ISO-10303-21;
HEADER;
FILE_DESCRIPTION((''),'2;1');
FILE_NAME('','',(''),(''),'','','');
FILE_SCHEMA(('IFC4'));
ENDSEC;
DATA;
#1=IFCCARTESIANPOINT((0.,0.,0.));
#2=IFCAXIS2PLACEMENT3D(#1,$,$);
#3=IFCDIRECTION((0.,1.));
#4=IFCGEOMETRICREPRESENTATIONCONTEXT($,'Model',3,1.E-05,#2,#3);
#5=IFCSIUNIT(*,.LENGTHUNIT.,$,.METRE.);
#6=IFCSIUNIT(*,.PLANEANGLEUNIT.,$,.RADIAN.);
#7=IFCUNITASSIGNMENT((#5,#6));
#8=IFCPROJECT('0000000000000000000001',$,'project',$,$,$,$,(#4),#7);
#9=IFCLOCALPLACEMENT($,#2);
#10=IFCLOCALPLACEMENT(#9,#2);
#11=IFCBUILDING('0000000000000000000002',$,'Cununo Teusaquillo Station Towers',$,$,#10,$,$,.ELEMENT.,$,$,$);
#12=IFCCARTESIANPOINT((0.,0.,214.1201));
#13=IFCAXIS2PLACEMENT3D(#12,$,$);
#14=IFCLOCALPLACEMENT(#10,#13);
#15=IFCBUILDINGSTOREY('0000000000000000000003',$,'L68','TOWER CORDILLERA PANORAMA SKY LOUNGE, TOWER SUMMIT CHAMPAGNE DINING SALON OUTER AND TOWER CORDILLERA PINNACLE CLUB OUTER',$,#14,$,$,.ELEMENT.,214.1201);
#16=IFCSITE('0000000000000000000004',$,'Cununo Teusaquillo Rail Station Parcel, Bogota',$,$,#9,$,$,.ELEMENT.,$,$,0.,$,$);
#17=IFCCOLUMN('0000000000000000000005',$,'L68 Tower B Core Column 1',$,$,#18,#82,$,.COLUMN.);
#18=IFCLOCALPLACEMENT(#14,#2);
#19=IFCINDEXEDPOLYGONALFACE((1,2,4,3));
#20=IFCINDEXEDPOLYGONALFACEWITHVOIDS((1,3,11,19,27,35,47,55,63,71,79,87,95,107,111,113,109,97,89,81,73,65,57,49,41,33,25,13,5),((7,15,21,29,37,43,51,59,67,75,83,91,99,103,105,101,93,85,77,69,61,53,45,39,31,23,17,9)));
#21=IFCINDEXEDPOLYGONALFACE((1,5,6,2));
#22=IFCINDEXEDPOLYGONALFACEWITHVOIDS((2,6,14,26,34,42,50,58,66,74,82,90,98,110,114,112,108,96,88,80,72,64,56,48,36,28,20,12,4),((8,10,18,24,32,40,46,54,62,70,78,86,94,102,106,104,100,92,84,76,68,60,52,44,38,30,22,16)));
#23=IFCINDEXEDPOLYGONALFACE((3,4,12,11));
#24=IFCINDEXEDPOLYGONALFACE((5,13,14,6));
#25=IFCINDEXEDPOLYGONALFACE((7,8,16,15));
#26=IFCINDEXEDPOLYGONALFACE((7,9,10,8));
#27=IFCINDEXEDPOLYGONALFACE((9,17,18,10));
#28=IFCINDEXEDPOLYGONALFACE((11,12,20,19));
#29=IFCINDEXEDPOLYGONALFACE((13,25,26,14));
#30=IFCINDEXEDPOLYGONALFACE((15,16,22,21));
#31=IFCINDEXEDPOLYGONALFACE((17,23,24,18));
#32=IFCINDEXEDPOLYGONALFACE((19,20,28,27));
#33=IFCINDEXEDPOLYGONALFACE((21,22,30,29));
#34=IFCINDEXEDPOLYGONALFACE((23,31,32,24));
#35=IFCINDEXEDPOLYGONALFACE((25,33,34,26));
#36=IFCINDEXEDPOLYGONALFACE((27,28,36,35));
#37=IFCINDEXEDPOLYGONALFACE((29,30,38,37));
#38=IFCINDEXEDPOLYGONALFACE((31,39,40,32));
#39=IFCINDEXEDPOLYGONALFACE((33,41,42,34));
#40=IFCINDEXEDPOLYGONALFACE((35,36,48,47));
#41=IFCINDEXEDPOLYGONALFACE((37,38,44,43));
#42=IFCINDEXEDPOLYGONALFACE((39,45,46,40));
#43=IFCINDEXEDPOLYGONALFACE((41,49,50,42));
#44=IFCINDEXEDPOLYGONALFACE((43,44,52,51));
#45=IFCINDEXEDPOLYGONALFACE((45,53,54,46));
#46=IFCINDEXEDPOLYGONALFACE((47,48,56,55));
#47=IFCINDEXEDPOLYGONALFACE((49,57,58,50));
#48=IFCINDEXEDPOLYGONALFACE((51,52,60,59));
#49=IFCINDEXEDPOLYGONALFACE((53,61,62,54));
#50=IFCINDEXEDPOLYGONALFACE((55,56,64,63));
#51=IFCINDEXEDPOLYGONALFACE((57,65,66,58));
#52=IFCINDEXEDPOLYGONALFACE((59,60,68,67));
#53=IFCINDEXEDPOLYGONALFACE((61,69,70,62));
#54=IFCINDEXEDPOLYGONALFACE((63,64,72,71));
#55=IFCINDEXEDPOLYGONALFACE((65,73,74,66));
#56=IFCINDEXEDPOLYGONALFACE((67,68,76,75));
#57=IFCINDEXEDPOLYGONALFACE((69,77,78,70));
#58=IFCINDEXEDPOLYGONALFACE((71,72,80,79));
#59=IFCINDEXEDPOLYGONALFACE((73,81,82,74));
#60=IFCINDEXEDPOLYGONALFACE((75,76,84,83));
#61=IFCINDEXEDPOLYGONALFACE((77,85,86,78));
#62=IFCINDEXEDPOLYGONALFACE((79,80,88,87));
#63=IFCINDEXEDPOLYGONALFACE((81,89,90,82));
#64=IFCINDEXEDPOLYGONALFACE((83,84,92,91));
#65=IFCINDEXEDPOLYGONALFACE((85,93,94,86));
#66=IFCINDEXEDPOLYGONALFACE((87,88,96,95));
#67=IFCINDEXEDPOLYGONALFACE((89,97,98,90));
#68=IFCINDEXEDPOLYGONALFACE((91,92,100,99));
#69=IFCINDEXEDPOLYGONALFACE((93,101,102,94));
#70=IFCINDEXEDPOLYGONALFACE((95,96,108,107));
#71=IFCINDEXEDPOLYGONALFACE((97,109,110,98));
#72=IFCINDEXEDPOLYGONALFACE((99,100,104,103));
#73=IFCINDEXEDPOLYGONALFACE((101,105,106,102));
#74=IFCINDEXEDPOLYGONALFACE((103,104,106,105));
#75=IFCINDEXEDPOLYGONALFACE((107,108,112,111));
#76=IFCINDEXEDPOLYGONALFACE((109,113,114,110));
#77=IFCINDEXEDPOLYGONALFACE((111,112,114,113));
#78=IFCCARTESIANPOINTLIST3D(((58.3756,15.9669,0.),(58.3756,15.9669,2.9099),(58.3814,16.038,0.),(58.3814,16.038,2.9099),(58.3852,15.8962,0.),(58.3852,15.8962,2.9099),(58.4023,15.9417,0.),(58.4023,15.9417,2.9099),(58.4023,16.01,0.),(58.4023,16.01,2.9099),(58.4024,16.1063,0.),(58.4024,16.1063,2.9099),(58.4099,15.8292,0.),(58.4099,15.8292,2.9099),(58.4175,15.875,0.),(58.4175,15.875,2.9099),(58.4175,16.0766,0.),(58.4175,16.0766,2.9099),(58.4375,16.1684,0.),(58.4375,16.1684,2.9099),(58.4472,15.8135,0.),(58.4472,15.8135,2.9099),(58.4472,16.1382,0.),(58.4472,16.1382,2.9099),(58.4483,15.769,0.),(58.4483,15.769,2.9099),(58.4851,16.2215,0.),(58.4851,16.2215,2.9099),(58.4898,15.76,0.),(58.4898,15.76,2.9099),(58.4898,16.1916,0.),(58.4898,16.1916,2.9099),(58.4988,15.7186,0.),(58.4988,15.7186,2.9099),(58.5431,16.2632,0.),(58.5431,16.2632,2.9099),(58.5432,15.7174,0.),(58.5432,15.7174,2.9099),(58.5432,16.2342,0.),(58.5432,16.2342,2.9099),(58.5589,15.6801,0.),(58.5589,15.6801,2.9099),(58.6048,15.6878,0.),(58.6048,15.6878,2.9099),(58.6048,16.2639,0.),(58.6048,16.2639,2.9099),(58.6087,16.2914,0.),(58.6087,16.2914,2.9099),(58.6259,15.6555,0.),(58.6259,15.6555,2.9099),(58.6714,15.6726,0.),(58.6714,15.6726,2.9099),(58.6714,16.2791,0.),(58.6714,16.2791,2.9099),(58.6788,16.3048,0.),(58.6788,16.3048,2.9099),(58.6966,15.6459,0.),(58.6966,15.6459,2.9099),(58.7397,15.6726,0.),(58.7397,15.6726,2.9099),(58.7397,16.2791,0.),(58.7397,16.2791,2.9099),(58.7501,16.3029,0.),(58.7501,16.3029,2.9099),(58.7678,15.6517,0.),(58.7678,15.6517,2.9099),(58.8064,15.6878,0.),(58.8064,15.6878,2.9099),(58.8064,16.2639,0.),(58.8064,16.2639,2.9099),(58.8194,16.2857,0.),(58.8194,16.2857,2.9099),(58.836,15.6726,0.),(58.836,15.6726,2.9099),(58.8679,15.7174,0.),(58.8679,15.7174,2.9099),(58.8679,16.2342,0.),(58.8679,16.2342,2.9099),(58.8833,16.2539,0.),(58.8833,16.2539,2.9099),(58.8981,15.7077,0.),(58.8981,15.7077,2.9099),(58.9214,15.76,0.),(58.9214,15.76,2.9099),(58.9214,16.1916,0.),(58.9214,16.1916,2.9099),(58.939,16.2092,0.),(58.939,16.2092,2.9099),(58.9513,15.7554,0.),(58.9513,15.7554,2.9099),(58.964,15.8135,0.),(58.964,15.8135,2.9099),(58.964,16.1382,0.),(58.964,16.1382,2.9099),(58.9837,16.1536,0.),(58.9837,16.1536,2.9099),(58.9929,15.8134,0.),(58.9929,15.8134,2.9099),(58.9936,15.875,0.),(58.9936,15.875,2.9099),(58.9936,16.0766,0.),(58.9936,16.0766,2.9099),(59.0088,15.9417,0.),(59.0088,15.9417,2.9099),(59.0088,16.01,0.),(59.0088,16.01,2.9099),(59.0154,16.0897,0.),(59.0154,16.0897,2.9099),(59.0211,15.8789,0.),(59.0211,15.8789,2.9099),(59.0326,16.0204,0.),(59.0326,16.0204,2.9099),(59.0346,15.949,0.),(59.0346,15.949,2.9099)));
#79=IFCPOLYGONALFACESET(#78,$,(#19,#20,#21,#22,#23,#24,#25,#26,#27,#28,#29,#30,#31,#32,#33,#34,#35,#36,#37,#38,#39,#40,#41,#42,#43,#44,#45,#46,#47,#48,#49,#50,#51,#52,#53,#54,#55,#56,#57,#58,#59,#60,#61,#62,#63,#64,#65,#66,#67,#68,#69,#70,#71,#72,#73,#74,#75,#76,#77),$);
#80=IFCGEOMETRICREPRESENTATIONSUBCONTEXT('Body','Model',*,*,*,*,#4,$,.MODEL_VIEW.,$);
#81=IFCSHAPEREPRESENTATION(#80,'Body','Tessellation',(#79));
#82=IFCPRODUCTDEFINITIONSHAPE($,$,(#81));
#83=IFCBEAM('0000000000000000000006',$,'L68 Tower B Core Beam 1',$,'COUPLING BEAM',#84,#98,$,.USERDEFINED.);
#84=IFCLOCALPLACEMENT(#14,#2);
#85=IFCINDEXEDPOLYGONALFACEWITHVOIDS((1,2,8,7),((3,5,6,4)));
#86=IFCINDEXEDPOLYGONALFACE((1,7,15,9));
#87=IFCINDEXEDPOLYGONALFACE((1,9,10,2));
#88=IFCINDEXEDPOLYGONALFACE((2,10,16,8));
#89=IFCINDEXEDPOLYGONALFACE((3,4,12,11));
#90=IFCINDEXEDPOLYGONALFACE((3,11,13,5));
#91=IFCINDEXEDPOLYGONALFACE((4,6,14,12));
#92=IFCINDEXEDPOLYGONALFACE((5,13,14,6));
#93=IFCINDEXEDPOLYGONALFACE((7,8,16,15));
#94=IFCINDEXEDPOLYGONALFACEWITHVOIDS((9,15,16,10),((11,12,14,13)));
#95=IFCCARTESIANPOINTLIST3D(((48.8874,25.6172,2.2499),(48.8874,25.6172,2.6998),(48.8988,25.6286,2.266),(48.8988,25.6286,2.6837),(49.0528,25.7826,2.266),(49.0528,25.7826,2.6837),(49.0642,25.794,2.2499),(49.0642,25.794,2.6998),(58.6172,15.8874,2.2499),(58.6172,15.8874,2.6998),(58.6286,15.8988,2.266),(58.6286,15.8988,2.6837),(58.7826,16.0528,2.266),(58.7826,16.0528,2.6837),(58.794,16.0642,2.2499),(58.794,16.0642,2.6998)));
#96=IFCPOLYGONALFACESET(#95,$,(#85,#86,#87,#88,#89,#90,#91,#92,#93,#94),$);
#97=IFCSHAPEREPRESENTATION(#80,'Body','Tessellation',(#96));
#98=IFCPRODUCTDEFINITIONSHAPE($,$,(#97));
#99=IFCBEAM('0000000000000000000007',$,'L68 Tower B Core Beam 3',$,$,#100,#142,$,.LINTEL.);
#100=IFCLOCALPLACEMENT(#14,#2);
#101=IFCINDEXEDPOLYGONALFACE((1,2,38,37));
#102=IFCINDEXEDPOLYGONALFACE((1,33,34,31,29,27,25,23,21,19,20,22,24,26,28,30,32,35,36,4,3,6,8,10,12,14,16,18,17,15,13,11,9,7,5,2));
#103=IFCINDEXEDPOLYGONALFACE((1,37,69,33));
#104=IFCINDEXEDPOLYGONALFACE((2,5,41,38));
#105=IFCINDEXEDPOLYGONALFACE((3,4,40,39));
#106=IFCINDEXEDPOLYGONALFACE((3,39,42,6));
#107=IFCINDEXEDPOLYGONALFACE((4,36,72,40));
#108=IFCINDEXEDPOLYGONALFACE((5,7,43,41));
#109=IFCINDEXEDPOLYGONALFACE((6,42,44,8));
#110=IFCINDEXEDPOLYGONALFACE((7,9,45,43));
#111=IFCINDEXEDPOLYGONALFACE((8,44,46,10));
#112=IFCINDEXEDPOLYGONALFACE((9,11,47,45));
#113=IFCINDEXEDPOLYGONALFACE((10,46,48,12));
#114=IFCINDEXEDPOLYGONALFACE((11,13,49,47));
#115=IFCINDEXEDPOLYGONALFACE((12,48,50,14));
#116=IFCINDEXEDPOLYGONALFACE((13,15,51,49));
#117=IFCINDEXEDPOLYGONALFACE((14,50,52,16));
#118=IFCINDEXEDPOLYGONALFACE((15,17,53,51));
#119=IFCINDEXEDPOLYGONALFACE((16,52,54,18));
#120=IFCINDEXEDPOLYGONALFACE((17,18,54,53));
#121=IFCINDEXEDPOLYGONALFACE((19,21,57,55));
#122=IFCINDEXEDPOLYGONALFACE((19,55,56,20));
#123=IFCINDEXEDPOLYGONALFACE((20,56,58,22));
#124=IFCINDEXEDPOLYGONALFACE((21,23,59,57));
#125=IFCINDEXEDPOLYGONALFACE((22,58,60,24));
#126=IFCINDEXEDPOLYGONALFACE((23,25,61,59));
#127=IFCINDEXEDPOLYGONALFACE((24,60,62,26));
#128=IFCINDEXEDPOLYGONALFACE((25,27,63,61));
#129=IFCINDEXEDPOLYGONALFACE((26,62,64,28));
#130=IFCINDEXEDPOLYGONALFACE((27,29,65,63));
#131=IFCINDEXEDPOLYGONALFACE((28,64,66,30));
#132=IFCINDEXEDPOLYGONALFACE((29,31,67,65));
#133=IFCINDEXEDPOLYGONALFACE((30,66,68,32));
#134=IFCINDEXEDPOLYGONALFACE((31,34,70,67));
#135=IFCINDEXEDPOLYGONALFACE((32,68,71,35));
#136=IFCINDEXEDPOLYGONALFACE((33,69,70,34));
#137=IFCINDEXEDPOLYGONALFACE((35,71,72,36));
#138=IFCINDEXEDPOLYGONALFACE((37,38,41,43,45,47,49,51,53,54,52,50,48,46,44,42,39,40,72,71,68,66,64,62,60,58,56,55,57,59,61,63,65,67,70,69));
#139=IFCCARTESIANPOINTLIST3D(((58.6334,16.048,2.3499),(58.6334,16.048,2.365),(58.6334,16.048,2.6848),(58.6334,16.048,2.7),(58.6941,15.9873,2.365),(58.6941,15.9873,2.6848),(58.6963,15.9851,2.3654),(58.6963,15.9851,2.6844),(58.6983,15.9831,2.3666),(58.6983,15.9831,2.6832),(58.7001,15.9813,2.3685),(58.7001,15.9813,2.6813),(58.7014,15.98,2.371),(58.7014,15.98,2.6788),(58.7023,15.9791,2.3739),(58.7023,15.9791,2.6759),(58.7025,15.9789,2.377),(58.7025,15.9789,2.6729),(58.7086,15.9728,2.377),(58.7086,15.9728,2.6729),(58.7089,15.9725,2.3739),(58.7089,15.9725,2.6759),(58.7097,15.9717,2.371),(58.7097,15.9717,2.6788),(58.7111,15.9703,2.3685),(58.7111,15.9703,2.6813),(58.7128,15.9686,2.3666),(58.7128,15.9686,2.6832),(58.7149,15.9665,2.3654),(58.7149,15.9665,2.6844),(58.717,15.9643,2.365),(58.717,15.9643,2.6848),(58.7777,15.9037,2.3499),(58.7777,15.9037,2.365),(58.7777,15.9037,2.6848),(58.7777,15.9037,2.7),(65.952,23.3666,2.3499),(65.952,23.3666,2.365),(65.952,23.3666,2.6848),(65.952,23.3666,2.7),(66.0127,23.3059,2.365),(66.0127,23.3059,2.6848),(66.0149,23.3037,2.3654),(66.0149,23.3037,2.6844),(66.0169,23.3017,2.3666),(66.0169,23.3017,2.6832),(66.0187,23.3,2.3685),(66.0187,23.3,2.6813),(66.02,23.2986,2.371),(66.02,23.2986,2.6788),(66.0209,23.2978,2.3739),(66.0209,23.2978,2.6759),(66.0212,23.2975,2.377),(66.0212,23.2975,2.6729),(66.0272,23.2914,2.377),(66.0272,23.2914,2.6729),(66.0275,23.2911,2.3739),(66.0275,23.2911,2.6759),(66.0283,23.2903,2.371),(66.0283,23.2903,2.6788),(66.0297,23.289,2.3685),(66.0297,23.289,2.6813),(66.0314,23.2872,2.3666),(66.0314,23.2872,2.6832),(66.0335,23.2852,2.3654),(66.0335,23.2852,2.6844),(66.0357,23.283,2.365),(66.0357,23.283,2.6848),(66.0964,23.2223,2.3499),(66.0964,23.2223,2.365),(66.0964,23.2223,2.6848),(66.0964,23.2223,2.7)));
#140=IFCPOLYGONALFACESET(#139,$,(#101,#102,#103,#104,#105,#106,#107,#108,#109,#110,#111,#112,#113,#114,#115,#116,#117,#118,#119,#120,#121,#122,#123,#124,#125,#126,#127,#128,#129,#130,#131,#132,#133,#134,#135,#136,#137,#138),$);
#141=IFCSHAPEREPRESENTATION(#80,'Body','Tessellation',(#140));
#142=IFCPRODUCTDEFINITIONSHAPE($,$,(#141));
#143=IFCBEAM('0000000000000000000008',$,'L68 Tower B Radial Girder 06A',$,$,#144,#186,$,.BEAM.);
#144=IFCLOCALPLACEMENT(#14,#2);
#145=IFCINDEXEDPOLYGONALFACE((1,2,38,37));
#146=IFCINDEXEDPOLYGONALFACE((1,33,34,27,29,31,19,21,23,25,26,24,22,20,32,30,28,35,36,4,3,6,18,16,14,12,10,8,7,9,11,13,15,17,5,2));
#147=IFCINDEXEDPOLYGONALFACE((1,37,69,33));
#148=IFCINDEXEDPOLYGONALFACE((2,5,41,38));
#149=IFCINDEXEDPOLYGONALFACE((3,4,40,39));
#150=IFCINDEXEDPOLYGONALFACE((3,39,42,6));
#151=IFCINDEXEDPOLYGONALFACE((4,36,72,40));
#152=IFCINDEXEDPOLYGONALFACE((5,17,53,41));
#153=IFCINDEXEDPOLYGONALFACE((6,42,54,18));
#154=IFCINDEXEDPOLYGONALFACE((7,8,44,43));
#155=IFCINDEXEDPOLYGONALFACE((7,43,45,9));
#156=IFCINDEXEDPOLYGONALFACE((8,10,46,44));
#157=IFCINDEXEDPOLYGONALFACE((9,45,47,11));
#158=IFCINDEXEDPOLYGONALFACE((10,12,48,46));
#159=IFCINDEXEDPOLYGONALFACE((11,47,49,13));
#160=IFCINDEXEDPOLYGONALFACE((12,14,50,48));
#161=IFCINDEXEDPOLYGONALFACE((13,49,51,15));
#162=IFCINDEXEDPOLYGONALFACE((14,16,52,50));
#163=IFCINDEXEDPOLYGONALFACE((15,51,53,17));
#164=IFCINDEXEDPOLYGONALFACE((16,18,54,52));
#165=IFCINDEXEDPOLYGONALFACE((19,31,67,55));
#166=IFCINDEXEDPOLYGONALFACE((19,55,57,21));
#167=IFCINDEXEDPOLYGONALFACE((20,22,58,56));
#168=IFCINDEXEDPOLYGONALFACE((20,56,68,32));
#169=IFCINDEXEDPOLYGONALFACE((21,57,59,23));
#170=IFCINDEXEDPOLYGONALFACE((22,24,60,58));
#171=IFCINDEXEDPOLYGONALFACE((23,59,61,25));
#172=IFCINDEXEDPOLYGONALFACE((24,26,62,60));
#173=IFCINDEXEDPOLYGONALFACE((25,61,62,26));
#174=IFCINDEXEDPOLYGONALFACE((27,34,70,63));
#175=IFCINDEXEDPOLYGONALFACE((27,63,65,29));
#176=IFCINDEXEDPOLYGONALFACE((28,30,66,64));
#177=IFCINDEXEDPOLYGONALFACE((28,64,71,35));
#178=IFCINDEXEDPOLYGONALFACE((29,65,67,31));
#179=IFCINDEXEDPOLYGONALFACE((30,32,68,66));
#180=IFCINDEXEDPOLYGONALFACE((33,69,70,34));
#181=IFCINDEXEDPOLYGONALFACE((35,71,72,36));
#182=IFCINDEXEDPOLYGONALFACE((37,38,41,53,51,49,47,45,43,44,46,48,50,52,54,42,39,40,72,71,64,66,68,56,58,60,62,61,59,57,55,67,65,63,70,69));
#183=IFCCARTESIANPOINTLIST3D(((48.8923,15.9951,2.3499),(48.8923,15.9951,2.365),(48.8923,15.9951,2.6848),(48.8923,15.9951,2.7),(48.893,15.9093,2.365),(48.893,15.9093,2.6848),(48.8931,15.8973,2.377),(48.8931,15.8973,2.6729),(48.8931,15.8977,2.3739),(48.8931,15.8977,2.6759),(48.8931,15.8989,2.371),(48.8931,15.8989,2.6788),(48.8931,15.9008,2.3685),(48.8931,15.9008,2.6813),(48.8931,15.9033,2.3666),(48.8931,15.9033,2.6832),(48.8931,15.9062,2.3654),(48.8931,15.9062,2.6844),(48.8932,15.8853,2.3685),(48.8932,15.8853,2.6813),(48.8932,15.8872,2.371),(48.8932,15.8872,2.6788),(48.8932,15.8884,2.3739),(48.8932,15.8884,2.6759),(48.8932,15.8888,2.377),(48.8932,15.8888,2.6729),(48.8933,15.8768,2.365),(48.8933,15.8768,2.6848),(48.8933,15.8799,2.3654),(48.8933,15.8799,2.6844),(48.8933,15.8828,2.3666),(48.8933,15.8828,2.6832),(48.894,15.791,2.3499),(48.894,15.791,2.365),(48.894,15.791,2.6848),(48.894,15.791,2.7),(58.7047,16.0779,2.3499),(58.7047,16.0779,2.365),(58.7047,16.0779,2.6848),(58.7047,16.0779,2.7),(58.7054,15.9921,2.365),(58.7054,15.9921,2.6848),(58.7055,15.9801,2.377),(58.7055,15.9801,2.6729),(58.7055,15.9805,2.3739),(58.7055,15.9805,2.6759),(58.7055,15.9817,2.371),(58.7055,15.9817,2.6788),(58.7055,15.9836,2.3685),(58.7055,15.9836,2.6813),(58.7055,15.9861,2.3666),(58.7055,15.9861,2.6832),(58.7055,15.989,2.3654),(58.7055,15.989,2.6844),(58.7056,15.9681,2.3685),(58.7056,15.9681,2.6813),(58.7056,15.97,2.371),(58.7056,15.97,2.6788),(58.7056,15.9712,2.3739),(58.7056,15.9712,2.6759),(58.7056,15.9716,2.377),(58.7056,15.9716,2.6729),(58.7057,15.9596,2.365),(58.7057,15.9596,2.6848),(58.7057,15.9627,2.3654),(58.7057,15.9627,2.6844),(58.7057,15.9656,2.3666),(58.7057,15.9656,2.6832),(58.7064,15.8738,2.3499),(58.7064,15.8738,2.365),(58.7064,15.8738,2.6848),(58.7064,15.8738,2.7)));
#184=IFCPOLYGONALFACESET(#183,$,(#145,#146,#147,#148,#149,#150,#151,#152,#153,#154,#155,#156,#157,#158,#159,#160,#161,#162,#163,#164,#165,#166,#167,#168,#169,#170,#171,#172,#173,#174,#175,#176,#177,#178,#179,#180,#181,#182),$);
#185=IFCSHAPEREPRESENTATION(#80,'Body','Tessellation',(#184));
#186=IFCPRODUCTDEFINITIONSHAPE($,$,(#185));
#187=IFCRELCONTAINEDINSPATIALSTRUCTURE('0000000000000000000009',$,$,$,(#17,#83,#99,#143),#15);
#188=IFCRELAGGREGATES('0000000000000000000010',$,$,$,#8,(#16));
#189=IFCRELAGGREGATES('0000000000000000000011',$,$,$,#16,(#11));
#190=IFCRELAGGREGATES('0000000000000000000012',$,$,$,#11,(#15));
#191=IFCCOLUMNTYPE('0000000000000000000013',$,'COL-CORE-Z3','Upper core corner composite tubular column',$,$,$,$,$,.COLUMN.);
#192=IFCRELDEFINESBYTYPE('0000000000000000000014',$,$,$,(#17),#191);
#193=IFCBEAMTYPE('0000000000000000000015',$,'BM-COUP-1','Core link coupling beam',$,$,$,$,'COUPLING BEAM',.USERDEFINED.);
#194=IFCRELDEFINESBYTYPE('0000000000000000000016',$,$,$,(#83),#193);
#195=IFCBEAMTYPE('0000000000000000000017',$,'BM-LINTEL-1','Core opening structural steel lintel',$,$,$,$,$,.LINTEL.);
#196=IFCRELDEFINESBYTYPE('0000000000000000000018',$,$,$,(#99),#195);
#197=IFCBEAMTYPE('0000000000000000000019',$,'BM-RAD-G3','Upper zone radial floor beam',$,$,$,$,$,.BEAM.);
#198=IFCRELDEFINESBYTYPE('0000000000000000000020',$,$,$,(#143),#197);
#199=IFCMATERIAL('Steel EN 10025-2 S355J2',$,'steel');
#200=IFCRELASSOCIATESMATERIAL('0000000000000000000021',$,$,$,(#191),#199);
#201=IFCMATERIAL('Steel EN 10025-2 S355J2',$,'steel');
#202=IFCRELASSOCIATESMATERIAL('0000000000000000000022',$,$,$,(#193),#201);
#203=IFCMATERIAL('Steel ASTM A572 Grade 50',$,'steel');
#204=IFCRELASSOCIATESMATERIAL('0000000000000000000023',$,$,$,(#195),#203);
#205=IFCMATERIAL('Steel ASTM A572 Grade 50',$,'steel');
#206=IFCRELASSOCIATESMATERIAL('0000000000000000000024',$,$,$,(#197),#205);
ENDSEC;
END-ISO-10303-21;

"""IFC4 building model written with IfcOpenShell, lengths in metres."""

from ifc_helpers import new_model, si_unit, direction, frame, origin, origin_2d, place, context, subcontext, project, spatial, hollow_rectangle, hollow_circle, i_section, extrude, material, material_profile, profile_set, type_object, element, save


model = new_model("IFC4")

# Units and contexts
model_context = context("Model", 3, precision=1e-05, world=origin(), true_north=direction((0.0, 1.0)))
body_context = subcontext(model_context, "Body", "Model", "MODEL_VIEW")
ifc_project = project(units=[si_unit("LENGTHUNIT", "METRE"), si_unit("PLANEANGLEUNIT", "RADIAN")], contexts=[model_context])

# Site, building, storey
site_placement = place(None, origin())
site = spatial("IfcSite", under=ifc_project, at=site_placement, Name="Cununo Teusaquillo Rail Station Parcel, Bogota", CompositionType="ELEMENT", RefElevation=0.0)
building_placement = place(site_placement, origin())
building = spatial("IfcBuilding", under=site, at=building_placement, Name="Cununo Teusaquillo Station Towers", CompositionType="ELEMENT")
storey_placement = place(building_placement, frame((0.0, 0.0, 214.1201)))
storey = spatial("IfcBuildingStorey", under=building, at=storey_placement, Name="L68", Description="TOWER CORDILLERA PANORAMA SKY LOUNGE, TOWER SUMMIT CHAMPAGNE DINING SALON OUTER AND TOWER CORDILLERA PINNACLE CLUB OUTER", CompositionType="ELEMENT", Elevation=214.1201)

# Column
ifc_material_1 = material(Name="Steel EN 10025-2 S355J2", Category="steel")
ifc_material_profile_1 = material_profile(ifc_material_1, hollow_circle(Radius=0.3301, WallThickness=0.0249, at=origin_2d()), Name="CHS 660x25")
ifc_profile_set_1 = profile_set([ifc_material_profile_1], Name="Steel EN 10025-2 S355J2")
column_type = type_object("IfcColumnType", Name="COL-CORE-Z3", Description="Upper core corner composite tubular column", PredefinedType="COLUMN", material=ifc_profile_set_1)
column_placement = place(storey_placement, frame((58.7056, 15.9758, 0.0), z_axis=(0.0, 0.0, 1.0), x_axis=(0.707107, 0.707107, 0.0)))
element("IfcColumn", 1, at=column_placement, inside=storey, type_object=column_type, Name="L68 Tower B Core Column 1", PredefinedType="COLUMN", context=body_context, shape_type="SweptSolid", body=[
    extrude(hollow_circle(Radius=0.3301, WallThickness=0.0249, at=origin_2d()), origin(), (0.0, 0.0, 1.0), 2.9099),
])

# Beams
ifc_material_2 = material(Name="Steel EN 10025-2 S355J2", Category="steel")
ifc_material_profile_2 = material_profile(ifc_material_2, hollow_rectangle(XDim=0.25, YDim=0.45, WallThickness=0.0161, at=origin_2d()), Name="RHS 450x250x16")
ifc_profile_set_2 = profile_set([ifc_material_profile_2], Name="Steel EN 10025-2 S355J2")
beam_type_1 = type_object("IfcBeamType", Name="BM-COUP-1", Description="Core link coupling beam", ElementType="COUPLING BEAM", PredefinedType="USERDEFINED", material=ifc_profile_set_2)
beam_1_placement = place(storey_placement, frame((58.7056, 15.9758, 2.4749), z_axis=(-0.707107, 0.707107, 0.0), x_axis=(-0.707107, -0.707107, 0.0)))
element("IfcBeam", 2, at=beam_1_placement, inside=storey, type_object=beam_type_1, Name="L68 Tower B Core Beam 1", ObjectType="COUPLING BEAM", PredefinedType="USERDEFINED", context=body_context, shape_type="SweptSolid", body=[
    extrude(hollow_rectangle(XDim=0.25, YDim=0.45, WallThickness=0.0161, at=origin_2d()), origin(), (0.0, 0.0, 1.0), 13.76),
])
ifc_material_3 = material(Name="Steel ASTM A572 Grade 50", Category="steel")
ifc_material_profile_3 = material_profile(ifc_material_3, i_section(OverallWidth=0.2041, OverallDepth=0.3501, WebThickness=0.0085, FlangeThickness=0.0151, FilletRadius=0.012, at=origin_2d()), Name="W14X48")
ifc_profile_set_3 = profile_set([ifc_material_profile_3], Name="Steel ASTM A572 Grade 50")
beam_type_2 = type_object("IfcBeamType", Name="BM-LINTEL-1", Description="Core opening structural steel lintel", PredefinedType="LINTEL", material=ifc_profile_set_3)
beam_2_placement = place(storey_placement, frame((58.7056, 15.9758, 2.5249), z_axis=(0.707107, 0.707107, 0.0), x_axis=(-0.707107, 0.707107, 0.0)))
element("IfcBeam", 3, at=beam_2_placement, inside=storey, type_object=beam_type_2, Name="L68 Tower B Core Beam 3", PredefinedType="LINTEL", context=body_context, shape_type="SweptSolid", body=[
    extrude(i_section(OverallWidth=0.2041, OverallDepth=0.3501, WebThickness=0.0085, FlangeThickness=0.0151, FilletRadius=0.012, at=origin_2d()), origin(), (0.0, 0.0, 1.0), 10.3501),
])
ifc_material_4 = material(Name="Steel ASTM A572 Grade 50", Category="steel")
ifc_material_profile_4 = material_profile(ifc_material_4, i_section(OverallWidth=0.2041, OverallDepth=0.3501, WebThickness=0.0085, FlangeThickness=0.0151, FilletRadius=0.012, at=origin_2d()), Name="W14X48")
ifc_profile_set_4 = profile_set([ifc_material_profile_4], Name="Steel ASTM A572 Grade 50")
beam_type_3 = type_object("IfcBeamType", Name="BM-RAD-G3", Description="Upper zone radial floor beam", PredefinedType="BEAM", material=ifc_profile_set_4)
beam_3_placement = place(storey_placement, frame((58.7056, 15.9758, 2.5249), z_axis=(-0.999964, -0.008434, 0.0), x_axis=(0.008434, -0.999964, 0.0)))
element("IfcBeam", 4, at=beam_3_placement, inside=storey, type_object=beam_type_3, Name="L68 Tower B Radial Girder 06A", PredefinedType="BEAM", context=body_context, shape_type="SweptSolid", body=[
    extrude(i_section(OverallWidth=0.2041, OverallDepth=0.3501, WebThickness=0.0085, FlangeThickness=0.0151, FilletRadius=0.012, at=origin_2d()), origin(), (0.0, 0.0, 1.0), 9.8127),
])

save(model, "model.ifc")
